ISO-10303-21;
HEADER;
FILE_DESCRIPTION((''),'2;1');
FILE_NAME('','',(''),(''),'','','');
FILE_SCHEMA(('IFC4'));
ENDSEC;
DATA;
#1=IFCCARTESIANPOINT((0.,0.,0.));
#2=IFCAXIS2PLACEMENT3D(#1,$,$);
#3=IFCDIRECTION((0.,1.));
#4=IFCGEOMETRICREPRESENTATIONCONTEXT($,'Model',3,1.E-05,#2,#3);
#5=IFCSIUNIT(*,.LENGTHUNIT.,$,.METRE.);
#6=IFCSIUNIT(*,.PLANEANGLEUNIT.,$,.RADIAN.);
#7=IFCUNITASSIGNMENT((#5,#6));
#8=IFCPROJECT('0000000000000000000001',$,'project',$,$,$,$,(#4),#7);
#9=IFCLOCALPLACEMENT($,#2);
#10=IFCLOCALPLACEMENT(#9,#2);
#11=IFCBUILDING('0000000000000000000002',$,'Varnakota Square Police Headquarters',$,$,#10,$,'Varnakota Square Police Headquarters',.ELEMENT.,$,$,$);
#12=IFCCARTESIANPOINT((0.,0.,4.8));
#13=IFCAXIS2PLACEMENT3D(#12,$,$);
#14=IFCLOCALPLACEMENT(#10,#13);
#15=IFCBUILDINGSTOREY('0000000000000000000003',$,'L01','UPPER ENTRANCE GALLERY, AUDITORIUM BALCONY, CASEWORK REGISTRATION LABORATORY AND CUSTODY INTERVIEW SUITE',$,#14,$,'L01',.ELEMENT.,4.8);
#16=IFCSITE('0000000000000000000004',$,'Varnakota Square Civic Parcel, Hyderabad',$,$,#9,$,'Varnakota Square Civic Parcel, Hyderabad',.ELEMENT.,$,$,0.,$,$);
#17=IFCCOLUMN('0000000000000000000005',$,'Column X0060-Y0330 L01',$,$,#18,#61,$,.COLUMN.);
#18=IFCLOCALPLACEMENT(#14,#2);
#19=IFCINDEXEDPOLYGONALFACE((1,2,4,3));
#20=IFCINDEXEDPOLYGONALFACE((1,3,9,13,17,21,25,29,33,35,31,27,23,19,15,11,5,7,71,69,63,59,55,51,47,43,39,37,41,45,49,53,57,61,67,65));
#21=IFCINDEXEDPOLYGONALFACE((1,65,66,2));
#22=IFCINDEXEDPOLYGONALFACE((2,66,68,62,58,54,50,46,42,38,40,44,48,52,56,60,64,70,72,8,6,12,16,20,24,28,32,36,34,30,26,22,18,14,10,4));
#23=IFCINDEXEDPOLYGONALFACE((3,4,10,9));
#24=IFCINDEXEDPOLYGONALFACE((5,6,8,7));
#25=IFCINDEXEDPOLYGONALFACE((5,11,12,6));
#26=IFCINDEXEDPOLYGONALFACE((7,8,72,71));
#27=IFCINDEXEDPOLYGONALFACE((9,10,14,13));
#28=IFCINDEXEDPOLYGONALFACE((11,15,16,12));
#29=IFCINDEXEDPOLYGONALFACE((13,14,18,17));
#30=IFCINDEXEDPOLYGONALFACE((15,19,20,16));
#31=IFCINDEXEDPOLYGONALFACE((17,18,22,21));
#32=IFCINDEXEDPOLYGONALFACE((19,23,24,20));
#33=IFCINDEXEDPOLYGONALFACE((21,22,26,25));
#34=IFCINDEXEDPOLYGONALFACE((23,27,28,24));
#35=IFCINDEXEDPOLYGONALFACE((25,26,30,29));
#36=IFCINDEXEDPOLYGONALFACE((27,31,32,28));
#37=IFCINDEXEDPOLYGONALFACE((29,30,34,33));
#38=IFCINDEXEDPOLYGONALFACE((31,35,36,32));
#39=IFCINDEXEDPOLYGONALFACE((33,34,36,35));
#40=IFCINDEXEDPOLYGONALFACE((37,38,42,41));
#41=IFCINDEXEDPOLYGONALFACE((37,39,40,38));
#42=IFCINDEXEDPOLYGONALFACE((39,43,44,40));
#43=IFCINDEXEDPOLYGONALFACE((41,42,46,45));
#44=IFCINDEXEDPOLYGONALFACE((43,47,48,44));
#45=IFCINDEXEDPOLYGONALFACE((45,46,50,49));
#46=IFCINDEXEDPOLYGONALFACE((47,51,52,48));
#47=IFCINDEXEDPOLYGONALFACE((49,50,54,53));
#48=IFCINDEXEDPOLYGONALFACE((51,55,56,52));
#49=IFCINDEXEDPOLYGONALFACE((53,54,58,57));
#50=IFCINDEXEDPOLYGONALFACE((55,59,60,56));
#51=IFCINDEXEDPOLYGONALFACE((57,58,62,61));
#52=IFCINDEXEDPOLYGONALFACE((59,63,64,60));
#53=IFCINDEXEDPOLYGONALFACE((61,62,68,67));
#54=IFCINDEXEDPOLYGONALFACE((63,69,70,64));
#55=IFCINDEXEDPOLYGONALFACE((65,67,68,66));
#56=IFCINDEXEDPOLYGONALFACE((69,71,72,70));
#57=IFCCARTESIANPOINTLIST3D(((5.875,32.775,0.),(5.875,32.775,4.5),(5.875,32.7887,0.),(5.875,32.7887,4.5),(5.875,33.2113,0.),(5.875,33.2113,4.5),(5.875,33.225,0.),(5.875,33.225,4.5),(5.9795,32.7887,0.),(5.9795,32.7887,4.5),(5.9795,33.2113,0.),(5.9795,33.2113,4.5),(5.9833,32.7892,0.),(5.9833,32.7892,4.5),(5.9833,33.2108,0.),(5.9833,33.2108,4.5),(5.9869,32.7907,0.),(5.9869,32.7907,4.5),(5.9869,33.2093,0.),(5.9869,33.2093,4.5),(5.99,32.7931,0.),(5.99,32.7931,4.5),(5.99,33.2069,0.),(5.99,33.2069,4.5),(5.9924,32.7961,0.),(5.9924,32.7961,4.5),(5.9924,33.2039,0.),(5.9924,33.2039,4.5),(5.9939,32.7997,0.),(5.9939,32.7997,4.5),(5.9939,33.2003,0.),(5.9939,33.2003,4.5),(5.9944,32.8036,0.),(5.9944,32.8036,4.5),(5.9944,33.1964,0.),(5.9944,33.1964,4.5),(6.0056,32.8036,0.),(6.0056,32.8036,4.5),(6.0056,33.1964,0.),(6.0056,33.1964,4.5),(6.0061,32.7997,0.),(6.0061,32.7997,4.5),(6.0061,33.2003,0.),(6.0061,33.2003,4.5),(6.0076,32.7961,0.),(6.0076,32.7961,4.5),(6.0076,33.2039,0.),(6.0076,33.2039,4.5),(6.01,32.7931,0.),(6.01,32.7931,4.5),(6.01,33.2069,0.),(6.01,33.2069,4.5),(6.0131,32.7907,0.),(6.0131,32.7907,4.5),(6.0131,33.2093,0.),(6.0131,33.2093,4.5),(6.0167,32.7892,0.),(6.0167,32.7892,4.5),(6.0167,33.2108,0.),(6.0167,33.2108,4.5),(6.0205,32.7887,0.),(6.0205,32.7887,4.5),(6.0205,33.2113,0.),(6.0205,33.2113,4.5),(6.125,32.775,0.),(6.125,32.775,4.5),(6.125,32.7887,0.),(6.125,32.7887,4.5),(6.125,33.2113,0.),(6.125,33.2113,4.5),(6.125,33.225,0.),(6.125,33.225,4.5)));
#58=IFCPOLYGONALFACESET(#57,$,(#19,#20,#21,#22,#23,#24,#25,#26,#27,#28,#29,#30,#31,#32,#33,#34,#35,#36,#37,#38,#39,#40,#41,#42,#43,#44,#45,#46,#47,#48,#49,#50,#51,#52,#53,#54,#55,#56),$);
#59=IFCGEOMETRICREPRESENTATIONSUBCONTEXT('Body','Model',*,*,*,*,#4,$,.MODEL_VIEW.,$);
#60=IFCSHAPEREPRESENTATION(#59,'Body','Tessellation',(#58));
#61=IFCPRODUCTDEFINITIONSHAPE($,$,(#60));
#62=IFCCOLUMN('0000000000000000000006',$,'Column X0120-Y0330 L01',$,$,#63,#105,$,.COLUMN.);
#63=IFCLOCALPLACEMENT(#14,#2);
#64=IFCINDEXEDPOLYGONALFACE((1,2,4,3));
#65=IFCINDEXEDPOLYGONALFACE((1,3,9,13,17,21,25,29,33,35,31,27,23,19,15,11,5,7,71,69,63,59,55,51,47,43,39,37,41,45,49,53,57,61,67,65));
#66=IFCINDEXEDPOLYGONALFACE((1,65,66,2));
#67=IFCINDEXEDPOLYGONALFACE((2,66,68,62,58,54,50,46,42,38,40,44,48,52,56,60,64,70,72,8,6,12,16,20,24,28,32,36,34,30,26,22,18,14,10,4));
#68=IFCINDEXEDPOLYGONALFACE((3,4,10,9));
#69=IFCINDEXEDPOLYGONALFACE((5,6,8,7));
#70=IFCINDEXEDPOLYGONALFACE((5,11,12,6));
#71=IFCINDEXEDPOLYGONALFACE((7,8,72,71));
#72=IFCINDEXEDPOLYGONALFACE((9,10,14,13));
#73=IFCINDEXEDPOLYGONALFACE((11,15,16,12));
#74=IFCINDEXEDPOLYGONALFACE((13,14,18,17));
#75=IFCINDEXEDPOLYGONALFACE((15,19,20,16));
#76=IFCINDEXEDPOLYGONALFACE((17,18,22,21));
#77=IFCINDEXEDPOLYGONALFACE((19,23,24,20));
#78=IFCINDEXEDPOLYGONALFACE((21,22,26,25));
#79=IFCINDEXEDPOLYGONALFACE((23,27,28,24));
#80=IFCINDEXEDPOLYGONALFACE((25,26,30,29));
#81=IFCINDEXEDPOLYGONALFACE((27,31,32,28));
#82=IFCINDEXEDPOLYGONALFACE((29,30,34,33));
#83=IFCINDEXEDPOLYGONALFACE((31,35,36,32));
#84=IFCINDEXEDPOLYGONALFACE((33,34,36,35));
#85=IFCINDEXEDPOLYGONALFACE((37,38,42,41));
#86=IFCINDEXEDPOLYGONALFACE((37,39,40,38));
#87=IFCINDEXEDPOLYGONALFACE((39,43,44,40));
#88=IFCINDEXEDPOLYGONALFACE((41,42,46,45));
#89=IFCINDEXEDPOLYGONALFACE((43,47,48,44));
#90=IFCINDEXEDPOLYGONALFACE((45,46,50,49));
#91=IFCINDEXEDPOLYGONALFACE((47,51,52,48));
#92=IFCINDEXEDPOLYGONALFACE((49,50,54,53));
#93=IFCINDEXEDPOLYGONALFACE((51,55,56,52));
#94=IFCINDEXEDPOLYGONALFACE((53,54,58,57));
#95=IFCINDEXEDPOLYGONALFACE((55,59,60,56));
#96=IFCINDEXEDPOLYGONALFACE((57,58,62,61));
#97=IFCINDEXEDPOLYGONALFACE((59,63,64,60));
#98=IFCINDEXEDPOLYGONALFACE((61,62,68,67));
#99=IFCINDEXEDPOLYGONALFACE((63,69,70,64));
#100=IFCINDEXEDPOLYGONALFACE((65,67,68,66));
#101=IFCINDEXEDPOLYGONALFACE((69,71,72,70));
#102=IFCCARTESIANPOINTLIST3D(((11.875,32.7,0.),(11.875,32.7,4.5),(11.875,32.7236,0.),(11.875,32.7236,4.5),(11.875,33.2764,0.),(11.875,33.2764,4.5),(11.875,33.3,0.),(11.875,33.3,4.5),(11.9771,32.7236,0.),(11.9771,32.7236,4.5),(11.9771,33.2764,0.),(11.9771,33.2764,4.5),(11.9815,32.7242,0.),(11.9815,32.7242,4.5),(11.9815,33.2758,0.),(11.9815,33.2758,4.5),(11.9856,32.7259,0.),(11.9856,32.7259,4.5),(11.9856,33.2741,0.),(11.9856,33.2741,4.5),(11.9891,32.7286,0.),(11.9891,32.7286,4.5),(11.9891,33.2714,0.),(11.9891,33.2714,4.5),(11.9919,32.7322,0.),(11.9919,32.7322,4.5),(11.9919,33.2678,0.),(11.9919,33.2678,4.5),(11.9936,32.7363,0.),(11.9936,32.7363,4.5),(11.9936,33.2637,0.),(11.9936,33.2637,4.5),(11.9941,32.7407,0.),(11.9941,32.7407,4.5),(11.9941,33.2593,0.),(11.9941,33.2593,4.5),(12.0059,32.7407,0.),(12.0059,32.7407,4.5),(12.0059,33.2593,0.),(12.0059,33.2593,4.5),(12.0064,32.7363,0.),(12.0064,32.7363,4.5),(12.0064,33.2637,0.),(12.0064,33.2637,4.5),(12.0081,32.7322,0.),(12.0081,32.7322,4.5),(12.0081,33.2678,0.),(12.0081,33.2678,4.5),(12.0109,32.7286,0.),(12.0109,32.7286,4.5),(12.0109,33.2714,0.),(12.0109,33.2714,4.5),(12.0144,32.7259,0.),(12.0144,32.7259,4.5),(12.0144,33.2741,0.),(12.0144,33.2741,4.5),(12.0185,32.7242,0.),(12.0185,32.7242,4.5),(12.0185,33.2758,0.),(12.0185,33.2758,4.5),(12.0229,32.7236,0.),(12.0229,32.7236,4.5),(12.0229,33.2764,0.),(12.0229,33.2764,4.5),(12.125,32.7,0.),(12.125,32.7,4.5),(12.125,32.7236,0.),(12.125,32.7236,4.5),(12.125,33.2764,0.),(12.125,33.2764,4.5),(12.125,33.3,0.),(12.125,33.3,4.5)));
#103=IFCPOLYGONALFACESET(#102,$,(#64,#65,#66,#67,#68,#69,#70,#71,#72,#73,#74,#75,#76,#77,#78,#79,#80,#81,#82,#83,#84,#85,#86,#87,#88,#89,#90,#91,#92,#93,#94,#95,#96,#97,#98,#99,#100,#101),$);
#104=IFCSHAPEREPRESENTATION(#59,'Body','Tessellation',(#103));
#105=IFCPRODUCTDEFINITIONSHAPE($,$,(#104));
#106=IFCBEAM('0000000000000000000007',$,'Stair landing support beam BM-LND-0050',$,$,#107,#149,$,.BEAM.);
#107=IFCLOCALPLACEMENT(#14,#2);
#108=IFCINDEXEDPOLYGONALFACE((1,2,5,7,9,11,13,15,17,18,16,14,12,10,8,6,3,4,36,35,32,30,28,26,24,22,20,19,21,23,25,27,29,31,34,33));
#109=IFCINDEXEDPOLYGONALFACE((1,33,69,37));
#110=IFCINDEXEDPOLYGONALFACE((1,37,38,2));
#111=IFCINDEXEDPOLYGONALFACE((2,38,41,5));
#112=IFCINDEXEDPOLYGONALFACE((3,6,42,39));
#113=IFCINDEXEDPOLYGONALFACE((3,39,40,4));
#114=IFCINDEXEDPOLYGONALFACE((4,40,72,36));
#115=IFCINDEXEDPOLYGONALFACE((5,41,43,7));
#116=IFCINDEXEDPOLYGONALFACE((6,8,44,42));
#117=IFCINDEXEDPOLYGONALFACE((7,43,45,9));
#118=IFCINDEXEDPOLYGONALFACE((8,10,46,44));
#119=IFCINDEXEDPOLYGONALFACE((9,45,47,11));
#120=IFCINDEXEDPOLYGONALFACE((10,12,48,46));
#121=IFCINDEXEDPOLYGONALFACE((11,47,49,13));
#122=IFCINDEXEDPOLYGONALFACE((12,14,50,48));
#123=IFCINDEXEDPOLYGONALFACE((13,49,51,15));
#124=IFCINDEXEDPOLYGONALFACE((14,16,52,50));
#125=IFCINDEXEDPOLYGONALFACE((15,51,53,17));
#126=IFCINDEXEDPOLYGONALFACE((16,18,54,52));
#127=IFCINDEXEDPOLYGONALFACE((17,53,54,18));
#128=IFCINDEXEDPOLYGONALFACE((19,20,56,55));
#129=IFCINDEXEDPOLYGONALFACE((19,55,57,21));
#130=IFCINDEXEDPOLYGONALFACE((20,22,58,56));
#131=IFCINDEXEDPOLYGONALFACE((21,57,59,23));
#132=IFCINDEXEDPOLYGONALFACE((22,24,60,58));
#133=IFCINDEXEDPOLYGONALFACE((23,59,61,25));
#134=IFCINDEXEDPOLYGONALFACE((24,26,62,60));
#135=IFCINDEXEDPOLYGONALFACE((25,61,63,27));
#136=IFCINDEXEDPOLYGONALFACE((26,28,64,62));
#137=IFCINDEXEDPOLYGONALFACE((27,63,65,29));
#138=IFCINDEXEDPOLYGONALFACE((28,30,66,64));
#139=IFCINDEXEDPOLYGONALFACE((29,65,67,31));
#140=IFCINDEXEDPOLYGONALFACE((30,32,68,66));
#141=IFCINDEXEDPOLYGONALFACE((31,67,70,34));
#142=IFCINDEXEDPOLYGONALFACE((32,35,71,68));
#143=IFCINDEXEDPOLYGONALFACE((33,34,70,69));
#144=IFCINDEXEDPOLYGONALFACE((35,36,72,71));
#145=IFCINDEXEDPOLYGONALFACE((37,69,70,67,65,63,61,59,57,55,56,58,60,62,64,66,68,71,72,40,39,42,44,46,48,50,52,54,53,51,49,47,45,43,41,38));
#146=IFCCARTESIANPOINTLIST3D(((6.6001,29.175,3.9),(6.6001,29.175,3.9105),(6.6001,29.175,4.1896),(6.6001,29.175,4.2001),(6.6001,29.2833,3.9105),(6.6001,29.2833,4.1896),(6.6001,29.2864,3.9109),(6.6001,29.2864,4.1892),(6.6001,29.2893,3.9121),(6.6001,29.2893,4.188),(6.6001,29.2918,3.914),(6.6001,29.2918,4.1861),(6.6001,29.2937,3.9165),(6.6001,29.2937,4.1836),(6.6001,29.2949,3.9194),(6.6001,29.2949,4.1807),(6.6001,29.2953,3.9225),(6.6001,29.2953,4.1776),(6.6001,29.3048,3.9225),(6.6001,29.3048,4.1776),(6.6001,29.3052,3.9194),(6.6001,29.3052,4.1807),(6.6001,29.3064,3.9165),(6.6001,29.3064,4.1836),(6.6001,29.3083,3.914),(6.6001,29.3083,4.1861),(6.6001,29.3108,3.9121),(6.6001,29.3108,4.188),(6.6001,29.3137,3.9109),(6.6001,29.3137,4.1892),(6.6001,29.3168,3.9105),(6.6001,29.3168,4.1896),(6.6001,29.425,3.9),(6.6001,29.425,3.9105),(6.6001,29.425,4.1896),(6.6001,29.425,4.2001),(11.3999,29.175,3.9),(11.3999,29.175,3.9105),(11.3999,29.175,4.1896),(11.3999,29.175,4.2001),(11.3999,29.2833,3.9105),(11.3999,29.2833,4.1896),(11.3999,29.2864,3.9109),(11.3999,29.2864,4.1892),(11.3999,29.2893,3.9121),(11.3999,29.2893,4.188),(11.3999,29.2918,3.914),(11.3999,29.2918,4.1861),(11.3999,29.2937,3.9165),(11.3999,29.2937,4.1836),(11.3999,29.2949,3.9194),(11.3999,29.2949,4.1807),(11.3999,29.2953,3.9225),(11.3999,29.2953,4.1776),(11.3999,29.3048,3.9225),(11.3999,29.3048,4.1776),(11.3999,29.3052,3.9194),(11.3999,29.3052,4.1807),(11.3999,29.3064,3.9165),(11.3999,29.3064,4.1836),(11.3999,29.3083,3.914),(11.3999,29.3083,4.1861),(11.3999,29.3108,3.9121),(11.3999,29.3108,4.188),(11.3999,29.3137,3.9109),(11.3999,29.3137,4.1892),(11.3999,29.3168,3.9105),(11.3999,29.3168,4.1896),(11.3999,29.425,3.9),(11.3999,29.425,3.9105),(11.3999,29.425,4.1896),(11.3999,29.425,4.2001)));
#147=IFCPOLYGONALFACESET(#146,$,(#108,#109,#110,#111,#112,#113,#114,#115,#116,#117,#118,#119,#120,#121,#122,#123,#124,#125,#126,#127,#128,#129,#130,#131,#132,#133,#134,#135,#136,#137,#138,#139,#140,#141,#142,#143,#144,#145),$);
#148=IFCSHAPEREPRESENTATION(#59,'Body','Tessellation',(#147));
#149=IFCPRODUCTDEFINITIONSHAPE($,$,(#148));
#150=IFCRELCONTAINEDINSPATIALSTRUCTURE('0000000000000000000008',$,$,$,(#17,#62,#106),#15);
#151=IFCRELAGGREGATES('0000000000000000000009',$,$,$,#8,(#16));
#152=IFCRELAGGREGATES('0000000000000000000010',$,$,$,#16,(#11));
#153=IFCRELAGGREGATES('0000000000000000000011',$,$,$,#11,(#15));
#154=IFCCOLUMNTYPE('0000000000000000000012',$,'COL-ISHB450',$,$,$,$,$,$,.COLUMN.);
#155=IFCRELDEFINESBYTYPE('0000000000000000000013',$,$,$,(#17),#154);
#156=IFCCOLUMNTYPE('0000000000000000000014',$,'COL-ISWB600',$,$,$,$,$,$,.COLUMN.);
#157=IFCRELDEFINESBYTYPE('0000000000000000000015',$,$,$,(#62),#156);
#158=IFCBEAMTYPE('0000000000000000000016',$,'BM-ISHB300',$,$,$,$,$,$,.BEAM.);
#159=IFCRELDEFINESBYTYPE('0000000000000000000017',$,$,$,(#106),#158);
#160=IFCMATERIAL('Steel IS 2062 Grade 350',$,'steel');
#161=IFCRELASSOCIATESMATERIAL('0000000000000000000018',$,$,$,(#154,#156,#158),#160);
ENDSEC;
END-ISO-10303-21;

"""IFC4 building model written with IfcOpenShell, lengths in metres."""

from ifc_helpers import new_model, si_unit, direction, frame, origin, origin_2d, place, context, subcontext, project, spatial, i_section, extrude, material, material_profile, profile_set, type_object, element, save


model = new_model("IFC4")

# Units and contexts
model_context = context("Model", 3, precision=1e-05, world=origin(), true_north=direction((0.0, 1.0)))
body_context = subcontext(model_context, "Body", "Model", "MODEL_VIEW")
ifc_project = project(units=[si_unit("LENGTHUNIT", "METRE"), si_unit("PLANEANGLEUNIT", "RADIAN")], contexts=[model_context])

# Site, building, storey
site_placement = place(None, origin())
site = spatial("IfcSite", under=ifc_project, at=site_placement, Name="Varnakota Square Civic Parcel, Hyderabad", LongName="Varnakota Square Civic Parcel, Hyderabad", CompositionType="ELEMENT", RefElevation=0.0)
building_placement = place(site_placement, origin())
building = spatial("IfcBuilding", under=site, at=building_placement, Name="Varnakota Square Police Headquarters", LongName="Varnakota Square Police Headquarters", CompositionType="ELEMENT")
storey_placement = place(building_placement, frame((0.0, 0.0, 4.8)))
storey = spatial("IfcBuildingStorey", under=building, at=storey_placement, Name="L01", Description="UPPER ENTRANCE GALLERY, AUDITORIUM BALCONY, CASEWORK REGISTRATION LABORATORY AND CUSTODY INTERVIEW SUITE", LongName="L01", CompositionType="ELEMENT", Elevation=4.8)

# Columns
ifc_material_1 = material(Name="Steel IS 2062 Grade 350", Category="steel")
ifc_material_profile_1 = material_profile(ifc_material_1, i_section(OverallWidth=0.25, OverallDepth=0.45, WebThickness=0.0112, FlangeThickness=0.0137, FilletRadius=0.0149, at=origin_2d()), Name="ISHB 450")
ifc_profile_set_1 = profile_set([ifc_material_profile_1], Name="Steel IS 2062 Grade 350")
column_type_1 = type_object("IfcColumnType", Name="COL-ISHB450", PredefinedType="COLUMN", material=ifc_profile_set_1)
column_1_placement = place(storey_placement, frame((6.0, 33.0, 0.0), z_axis=(0.0, 0.0, 1.0), x_axis=(1.0, 0.0, 0.0)))
element("IfcColumn", 1, at=column_1_placement, inside=storey, type_object=column_type_1, Name="Column X0060-Y0330 L01", PredefinedType="COLUMN", context=body_context, shape_type="SweptSolid", body=[
    extrude(i_section(OverallWidth=0.25, OverallDepth=0.45, WebThickness=0.0112, FlangeThickness=0.0137, FilletRadius=0.0149, at=origin_2d()), origin(), (0.0, 0.0, 1.0), 4.5),
])
ifc_material_profile_2 = material_profile(ifc_material_1, i_section(OverallWidth=0.25, OverallDepth=0.6001, WebThickness=0.0117, FlangeThickness=0.0237, FilletRadius=0.0171, at=origin_2d()), Name="ISWB 600")
ifc_profile_set_2 = profile_set([ifc_material_profile_2], Name="Steel IS 2062 Grade 350")
column_type_2 = type_object("IfcColumnType", Name="COL-ISWB600", PredefinedType="COLUMN", material=ifc_profile_set_2)
column_2_placement = place(storey_placement, frame((12.0, 33.0, 0.0), z_axis=(0.0, 0.0, 1.0), x_axis=(1.0, 0.0, 0.0)))
element("IfcColumn", 2, at=column_2_placement, inside=storey, type_object=column_type_2, Name="Column X0120-Y0330 L01", PredefinedType="COLUMN", context=body_context, shape_type="SweptSolid", body=[
    extrude(i_section(OverallWidth=0.25, OverallDepth=0.6001, WebThickness=0.0117, FlangeThickness=0.0237, FilletRadius=0.0171, at=origin_2d()), origin(), (0.0, 0.0, 1.0), 4.5),
])

# Beam
ifc_material_profile_3 = material_profile(ifc_material_1, i_section(OverallWidth=0.25, OverallDepth=0.3, WebThickness=0.0095, FlangeThickness=0.0105, FilletRadius=0.012, at=origin_2d()), Name="ISHB 300")
ifc_profile_set_3 = profile_set([ifc_material_profile_3], Name="Steel IS 2062 Grade 350")
beam_type_1 = type_object("IfcBeamType", Name="BM-ISHB300", PredefinedType="BEAM", material=ifc_profile_set_3)
beam_1_placement = place(storey_placement, frame((6.6001, 29.3, 4.05), z_axis=(1.0, 0.0, 0.0), x_axis=(0.0, 1.0, 0.0)))
element("IfcBeam", 3, at=beam_1_placement, inside=storey, type_object=beam_type_1, Name="Stair landing support beam BM-LND-0050", PredefinedType="BEAM", context=body_context, shape_type="SweptSolid", body=[
    extrude(i_section(OverallWidth=0.25, OverallDepth=0.3, WebThickness=0.0095, FlangeThickness=0.0105, FilletRadius=0.012, at=origin_2d()), origin(), (0.0, 0.0, 1.0), 4.7998),
])

save(model, "model.ifc")
